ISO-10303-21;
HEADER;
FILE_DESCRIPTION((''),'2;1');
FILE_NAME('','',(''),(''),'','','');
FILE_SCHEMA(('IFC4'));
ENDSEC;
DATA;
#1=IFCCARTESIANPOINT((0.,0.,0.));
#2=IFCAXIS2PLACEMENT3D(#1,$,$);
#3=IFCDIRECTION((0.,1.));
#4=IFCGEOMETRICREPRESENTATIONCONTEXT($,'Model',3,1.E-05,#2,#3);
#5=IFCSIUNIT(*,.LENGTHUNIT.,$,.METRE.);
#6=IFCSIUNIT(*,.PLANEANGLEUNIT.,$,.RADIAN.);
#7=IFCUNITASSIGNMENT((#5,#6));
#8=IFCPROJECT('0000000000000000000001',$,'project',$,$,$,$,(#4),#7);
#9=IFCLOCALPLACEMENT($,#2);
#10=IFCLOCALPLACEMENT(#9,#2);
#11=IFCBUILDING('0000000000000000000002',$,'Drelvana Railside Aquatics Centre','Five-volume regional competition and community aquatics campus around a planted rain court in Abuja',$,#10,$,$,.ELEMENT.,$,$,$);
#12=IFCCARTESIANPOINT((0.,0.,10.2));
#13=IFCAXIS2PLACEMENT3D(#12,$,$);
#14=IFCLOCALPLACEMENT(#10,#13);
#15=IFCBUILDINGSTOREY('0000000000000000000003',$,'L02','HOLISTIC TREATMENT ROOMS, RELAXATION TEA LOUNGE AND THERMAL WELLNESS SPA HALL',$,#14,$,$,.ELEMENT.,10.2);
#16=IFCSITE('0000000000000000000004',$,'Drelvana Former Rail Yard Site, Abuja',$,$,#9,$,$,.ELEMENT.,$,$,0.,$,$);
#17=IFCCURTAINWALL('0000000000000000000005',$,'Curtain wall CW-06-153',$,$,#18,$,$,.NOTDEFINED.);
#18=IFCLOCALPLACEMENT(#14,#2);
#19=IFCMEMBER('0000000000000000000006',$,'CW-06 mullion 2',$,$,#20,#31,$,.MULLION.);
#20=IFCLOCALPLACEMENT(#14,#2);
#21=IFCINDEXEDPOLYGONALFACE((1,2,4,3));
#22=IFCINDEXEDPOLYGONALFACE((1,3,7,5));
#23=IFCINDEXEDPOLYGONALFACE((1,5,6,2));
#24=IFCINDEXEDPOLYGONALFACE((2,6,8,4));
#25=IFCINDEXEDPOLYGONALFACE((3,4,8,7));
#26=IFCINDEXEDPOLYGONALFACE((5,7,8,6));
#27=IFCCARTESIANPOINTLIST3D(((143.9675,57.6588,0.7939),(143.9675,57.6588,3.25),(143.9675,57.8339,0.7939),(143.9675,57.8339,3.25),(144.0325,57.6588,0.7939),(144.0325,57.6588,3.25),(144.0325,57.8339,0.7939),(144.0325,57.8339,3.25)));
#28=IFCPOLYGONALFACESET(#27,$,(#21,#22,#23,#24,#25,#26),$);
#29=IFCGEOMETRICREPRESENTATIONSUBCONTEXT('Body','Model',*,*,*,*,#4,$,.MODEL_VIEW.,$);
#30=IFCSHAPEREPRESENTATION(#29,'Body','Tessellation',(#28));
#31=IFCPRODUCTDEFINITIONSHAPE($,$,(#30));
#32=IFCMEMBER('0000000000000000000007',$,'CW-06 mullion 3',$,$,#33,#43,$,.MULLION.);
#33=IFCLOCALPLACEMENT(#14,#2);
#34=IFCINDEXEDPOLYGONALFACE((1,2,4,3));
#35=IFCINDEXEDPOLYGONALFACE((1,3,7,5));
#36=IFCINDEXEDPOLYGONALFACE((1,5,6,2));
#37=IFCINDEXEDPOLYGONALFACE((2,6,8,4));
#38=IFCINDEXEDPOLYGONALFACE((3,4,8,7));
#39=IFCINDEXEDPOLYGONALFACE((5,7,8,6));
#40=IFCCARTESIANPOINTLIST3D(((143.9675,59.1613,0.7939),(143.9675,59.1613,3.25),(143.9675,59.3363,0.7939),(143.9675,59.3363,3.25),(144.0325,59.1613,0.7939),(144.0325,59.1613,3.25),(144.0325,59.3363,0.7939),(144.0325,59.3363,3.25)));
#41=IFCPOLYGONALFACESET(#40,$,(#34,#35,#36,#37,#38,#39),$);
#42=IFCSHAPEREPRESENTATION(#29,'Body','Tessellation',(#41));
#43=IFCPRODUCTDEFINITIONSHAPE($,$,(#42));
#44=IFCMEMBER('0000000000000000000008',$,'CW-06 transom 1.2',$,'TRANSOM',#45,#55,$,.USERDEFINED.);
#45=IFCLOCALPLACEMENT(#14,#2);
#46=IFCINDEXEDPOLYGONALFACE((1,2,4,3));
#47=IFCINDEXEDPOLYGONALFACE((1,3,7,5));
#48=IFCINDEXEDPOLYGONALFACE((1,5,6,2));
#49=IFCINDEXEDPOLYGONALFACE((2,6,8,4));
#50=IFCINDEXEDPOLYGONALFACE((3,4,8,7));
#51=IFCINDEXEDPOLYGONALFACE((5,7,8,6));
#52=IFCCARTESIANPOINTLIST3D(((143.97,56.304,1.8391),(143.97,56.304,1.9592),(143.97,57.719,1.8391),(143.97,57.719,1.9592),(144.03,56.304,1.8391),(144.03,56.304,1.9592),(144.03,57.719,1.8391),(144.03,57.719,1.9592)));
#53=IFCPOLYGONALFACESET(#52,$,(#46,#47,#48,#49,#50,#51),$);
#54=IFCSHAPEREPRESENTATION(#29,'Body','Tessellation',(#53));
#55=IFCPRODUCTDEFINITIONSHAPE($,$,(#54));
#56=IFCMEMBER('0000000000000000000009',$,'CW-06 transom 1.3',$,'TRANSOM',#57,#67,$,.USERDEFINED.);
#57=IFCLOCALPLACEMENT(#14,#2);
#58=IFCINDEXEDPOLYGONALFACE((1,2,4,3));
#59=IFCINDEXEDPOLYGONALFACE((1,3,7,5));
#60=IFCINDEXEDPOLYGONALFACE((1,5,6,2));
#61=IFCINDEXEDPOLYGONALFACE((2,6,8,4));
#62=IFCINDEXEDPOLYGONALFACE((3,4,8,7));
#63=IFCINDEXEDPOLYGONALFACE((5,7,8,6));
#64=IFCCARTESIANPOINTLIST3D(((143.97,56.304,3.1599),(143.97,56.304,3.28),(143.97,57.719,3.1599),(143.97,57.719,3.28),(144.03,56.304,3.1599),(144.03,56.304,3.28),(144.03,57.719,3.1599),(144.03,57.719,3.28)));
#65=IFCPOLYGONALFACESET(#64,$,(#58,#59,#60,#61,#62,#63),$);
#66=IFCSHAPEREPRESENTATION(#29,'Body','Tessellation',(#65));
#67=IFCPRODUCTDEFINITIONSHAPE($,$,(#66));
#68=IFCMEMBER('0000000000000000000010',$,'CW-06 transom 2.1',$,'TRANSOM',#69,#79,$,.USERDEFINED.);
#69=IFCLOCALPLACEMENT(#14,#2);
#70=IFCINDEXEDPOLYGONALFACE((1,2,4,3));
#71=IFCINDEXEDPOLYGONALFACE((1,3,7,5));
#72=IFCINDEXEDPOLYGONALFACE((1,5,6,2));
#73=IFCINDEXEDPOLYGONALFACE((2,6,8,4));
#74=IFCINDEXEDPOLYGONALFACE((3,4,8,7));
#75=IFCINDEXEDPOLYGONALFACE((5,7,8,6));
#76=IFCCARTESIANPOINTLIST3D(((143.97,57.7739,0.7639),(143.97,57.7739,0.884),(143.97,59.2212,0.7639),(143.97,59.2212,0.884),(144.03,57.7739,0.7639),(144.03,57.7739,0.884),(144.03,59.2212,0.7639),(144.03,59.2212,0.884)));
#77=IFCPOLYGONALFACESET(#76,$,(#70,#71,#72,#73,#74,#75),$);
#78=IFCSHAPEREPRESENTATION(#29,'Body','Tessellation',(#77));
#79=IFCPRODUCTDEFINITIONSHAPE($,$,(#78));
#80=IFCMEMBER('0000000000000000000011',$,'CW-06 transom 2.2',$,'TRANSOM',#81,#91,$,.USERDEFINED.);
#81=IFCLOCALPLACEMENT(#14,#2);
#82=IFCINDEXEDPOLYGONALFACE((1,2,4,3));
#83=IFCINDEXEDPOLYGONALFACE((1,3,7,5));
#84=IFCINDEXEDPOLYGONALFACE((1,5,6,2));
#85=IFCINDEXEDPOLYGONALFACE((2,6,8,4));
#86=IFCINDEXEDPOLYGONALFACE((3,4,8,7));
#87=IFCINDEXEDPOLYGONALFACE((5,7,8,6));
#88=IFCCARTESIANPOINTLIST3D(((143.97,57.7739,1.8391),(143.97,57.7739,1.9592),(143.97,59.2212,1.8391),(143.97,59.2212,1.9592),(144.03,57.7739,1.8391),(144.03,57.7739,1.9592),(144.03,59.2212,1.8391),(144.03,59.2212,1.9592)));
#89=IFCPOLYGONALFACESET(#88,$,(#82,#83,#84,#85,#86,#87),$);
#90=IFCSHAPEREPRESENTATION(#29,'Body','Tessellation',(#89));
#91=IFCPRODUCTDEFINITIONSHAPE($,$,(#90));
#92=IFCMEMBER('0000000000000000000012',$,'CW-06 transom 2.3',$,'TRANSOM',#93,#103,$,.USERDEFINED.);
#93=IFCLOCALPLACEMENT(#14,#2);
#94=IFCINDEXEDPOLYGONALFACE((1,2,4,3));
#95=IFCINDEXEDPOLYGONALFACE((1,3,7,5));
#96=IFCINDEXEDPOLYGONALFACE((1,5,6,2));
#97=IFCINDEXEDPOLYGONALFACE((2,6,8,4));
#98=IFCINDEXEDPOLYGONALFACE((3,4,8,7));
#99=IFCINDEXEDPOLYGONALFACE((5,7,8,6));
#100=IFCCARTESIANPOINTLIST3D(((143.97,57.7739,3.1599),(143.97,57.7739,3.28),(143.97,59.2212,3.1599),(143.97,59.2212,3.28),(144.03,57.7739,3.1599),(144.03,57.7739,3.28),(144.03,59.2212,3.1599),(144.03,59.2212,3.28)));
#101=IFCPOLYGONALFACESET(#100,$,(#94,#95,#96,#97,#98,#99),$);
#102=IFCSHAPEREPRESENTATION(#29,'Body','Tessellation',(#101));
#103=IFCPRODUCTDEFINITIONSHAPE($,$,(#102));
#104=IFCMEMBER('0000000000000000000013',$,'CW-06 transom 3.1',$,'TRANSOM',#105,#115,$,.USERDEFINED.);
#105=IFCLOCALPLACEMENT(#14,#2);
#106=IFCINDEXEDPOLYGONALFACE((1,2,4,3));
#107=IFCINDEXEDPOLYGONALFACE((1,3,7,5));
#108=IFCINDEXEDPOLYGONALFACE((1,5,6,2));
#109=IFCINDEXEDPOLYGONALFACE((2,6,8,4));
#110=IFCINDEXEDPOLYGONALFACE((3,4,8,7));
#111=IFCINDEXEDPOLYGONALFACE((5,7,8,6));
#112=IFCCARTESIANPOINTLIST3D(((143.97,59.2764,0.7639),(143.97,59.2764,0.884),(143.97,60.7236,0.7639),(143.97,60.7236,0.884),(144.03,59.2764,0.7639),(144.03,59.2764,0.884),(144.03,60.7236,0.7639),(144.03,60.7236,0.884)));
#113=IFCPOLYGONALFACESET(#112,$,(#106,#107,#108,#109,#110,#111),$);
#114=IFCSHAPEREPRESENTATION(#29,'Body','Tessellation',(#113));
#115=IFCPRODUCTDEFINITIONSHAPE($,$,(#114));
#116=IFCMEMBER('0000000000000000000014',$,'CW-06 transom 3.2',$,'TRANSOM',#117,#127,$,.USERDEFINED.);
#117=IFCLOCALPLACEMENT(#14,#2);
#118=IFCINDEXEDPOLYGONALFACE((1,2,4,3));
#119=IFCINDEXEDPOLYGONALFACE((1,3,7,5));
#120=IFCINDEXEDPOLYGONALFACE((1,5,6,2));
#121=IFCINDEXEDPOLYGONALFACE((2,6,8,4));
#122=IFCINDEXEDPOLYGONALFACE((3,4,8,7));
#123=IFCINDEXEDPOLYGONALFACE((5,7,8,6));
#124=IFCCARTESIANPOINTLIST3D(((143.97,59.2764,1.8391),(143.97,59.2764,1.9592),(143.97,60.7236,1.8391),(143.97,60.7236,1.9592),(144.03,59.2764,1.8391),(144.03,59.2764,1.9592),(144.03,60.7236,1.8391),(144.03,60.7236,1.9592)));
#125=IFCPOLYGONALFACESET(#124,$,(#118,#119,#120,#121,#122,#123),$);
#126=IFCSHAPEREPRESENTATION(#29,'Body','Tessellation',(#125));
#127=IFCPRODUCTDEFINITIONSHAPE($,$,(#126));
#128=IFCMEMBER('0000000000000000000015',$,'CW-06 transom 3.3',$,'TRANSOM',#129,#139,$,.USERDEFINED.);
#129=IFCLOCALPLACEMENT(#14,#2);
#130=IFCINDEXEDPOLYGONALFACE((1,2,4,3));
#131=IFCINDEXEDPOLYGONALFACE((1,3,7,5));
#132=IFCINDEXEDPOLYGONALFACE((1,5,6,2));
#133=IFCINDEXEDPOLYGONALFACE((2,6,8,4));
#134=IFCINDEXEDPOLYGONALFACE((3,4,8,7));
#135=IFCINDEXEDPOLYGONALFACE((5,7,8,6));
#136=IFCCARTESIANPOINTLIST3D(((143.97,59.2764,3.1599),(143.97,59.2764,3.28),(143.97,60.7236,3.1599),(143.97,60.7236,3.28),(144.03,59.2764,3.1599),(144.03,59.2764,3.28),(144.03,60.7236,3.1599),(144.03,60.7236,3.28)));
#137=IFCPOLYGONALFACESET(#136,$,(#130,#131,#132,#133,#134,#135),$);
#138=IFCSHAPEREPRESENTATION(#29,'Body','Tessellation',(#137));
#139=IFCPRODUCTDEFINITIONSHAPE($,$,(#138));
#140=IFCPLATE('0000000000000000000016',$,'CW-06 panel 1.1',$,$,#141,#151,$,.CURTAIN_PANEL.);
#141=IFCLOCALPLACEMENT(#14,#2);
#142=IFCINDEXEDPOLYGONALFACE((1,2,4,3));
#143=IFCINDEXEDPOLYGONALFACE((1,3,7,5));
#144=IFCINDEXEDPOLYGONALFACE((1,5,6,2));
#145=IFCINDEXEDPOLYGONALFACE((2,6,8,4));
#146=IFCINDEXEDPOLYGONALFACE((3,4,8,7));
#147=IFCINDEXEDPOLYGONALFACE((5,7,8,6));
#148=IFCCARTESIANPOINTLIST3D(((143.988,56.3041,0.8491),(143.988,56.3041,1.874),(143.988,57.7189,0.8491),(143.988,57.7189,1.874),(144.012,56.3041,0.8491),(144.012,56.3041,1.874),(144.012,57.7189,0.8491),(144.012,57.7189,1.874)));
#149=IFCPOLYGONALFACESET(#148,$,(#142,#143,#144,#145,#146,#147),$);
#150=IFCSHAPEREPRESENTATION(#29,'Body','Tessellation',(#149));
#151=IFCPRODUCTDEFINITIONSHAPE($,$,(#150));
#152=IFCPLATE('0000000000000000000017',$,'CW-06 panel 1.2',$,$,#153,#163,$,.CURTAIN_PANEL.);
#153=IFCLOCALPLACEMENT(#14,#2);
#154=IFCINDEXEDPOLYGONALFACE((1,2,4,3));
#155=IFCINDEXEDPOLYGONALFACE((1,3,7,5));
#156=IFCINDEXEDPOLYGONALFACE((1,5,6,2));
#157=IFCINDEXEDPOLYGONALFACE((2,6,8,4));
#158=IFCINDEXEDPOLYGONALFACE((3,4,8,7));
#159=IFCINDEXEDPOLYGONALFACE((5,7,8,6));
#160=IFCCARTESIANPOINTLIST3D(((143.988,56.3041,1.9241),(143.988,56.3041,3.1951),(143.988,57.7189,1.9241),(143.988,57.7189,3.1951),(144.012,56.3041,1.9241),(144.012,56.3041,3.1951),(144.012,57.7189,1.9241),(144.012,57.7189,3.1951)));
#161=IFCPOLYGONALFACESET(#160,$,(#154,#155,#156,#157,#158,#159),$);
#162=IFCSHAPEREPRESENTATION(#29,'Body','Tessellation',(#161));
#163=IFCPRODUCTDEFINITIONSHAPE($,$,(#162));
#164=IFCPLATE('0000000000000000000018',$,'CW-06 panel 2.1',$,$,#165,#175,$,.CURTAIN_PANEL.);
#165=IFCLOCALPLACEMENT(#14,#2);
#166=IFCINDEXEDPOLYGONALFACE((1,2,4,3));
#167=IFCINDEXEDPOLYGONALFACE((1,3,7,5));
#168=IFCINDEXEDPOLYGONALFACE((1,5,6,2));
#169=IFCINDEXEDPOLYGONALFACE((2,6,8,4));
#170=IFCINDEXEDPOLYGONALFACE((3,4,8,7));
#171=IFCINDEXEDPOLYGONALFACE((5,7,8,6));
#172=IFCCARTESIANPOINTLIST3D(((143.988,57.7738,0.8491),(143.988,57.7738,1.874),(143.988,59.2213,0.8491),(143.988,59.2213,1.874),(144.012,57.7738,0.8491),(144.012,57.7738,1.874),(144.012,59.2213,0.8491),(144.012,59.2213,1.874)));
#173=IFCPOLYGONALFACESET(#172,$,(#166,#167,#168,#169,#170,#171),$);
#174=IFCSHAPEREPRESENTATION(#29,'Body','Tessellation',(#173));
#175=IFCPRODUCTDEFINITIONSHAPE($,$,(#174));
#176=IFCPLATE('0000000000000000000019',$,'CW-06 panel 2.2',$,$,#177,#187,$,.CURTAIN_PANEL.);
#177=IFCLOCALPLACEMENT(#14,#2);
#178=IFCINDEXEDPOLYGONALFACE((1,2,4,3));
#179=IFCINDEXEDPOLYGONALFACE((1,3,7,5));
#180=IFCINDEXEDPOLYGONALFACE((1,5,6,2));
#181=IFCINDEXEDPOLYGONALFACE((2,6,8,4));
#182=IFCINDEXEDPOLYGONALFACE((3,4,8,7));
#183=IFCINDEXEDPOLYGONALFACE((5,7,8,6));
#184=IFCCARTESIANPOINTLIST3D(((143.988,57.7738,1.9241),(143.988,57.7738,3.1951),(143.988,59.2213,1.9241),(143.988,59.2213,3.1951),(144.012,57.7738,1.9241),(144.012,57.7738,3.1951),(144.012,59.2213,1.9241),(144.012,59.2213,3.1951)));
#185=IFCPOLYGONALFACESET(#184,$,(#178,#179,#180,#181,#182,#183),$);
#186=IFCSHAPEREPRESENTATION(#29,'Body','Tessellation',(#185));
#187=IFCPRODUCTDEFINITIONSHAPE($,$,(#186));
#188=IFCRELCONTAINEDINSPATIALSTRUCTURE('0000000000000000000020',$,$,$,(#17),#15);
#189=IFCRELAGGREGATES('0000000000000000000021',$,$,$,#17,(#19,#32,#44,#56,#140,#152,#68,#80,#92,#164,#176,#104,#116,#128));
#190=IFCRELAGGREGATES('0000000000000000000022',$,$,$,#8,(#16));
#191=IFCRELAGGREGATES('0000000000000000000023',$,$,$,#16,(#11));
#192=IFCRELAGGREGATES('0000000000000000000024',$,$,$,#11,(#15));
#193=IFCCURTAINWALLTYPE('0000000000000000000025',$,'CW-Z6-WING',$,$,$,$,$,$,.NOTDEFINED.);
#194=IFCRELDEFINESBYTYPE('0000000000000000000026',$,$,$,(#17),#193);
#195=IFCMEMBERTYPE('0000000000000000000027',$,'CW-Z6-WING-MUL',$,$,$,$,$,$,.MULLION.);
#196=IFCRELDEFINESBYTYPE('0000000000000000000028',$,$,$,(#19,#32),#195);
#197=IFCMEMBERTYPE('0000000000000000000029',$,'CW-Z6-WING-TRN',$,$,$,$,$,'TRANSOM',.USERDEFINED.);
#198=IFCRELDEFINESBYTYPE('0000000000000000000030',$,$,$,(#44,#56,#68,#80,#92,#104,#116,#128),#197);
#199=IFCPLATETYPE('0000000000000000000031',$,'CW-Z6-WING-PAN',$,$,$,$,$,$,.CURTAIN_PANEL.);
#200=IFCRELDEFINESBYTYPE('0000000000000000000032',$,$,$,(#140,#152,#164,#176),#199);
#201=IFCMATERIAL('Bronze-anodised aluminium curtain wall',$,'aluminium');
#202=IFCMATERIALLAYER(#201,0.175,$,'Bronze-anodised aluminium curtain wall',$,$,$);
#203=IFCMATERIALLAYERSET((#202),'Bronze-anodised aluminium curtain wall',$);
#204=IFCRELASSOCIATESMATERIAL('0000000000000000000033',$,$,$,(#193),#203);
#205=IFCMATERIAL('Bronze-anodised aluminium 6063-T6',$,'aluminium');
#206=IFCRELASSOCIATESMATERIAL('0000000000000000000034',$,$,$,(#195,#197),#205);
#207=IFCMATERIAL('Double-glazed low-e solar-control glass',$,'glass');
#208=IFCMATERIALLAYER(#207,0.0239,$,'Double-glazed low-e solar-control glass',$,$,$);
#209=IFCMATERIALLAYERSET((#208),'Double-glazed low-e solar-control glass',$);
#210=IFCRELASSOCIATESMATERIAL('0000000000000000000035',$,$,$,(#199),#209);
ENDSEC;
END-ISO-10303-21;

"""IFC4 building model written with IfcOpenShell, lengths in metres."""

from ifc_helpers import new_model, si_unit, direction, frame, origin, origin_2d, place, context, subcontext, project, spatial, rectangle, extrude, material, layer, layer_set, material_profile, profile_set, type_object, element, aggregate, save


model = new_model("IFC4")

# Units and contexts
model_context = context("Model", 3, precision=1e-05, world=origin(), true_north=direction((0.0, 1.0)))
body_context = subcontext(model_context, "Body", "Model", "MODEL_VIEW")
ifc_project = project(units=[si_unit("LENGTHUNIT", "METRE"), si_unit("PLANEANGLEUNIT", "RADIAN")], contexts=[model_context])

# Site, building, storey
site_placement = place(None, origin())
site = spatial("IfcSite", under=ifc_project, at=site_placement, Name="Drelvana Former Rail Yard Site, Abuja", CompositionType="ELEMENT", RefElevation=0.0)
building_placement = place(site_placement, origin())
building = spatial("IfcBuilding", under=site, at=building_placement, Name="Drelvana Railside Aquatics Centre", Description="Five-volume regional competition and community aquatics campus around a planted rain court in Abuja", CompositionType="ELEMENT")
storey_placement = place(building_placement, frame((0.0, 0.0, 10.2)))
storey = spatial("IfcBuildingStorey", under=building, at=storey_placement, Name="L02", Description="HOLISTIC TREATMENT ROOMS, RELAXATION TEA LOUNGE AND THERMAL WELLNESS SPA HALL", CompositionType="ELEMENT", Elevation=10.2)

# Curtain wall, members, plates
ifc_material_1 = material(Name="Bronze-anodised aluminium curtain wall", Category="aluminium")
ifc_layer_1 = layer(ifc_material_1, 0.175, Name="Bronze-anodised aluminium curtain wall")
ifc_layer_set_1 = layer_set([ifc_layer_1], Name="Bronze-anodised aluminium curtain wall")
curtain_wall_type = type_object("IfcCurtainWallType", Name="CW-Z6-WING", PredefinedType="NOTDEFINED", material=ifc_layer_set_1)
curtain_wall_placement = place(storey_placement, origin())
curtain_wall = element("IfcCurtainWall", 1, at=curtain_wall_placement, inside=storey, type_object=curtain_wall_type, Name="Curtain wall CW-06-153", PredefinedType="NOTDEFINED")
ifc_material_2 = material(Name="Bronze-anodised aluminium 6063-T6", Category="aluminium")
ifc_material_profile_1 = material_profile(ifc_material_2, rectangle(XDim=0.0649, YDim=0.175, at=origin_2d()), Name="ALU-M 65x175")
ifc_profile_set_1 = profile_set([ifc_material_profile_1], Name="Bronze-anodised aluminium 6063-T6")
member_type_1 = type_object("IfcMemberType", Name="CW-Z6-WING-MUL", PredefinedType="MULLION", material=ifc_profile_set_1)
member_1_placement = place(storey_placement, frame((144.0, 57.7463, 0.7939), z_axis=(0.0, 0.0, 1.0), x_axis=(-1.0, 0.0, 0.0)))
member_1 = element("IfcMember", 2, at=member_1_placement, type_object=member_type_1, Name="CW-06 mullion 2", PredefinedType="MULLION", context=body_context, shape_type="SweptSolid", body=[
    extrude(rectangle(XDim=0.0649, YDim=0.175, at=origin_2d()), origin(), (0.0, 0.0, 1.0), 2.4561),
])
member_2_placement = place(storey_placement, frame((144.0, 59.2488, 0.7939), z_axis=(0.0, 0.0, 1.0), x_axis=(-1.0, 0.0, 0.0)))
member_2 = element("IfcMember", 3, at=member_2_placement, type_object=member_type_1, Name="CW-06 mullion 3", PredefinedType="MULLION", context=body_context, shape_type="SweptSolid", body=[
    extrude(rectangle(XDim=0.0649, YDim=0.175, at=origin_2d()), origin(), (0.0, 0.0, 1.0), 2.4561),
])
ifc_material_profile_2 = material_profile(ifc_material_2, rectangle(XDim=0.1201, YDim=0.0601, at=origin_2d()), Name="ALU-T 60x120")
ifc_profile_set_2 = profile_set([ifc_material_profile_2], Name="Bronze-anodised aluminium 6063-T6")
member_type_2 = type_object("IfcMemberType", Name="CW-Z6-WING-TRN", ElementType="TRANSOM", PredefinedType="USERDEFINED", material=ifc_profile_set_2)
member_3_placement = place(storey_placement, frame((144.0, 56.304, 1.8992), z_axis=(0.0, 1.0, 0.0), x_axis=(0.0, 0.0, 1.0)))
member_3 = element("IfcMember", 4, at=member_3_placement, type_object=member_type_2, Name="CW-06 transom 1.2", ObjectType="TRANSOM", PredefinedType="USERDEFINED", context=body_context, shape_type="SweptSolid", body=[
    extrude(rectangle(XDim=0.1201, YDim=0.0601, at=origin_2d()), origin(), (0.0, 0.0, 1.0), 1.415),
])
member_4_placement = place(storey_placement, frame((144.0, 56.304, 3.22), z_axis=(0.0, 1.0, 0.0), x_axis=(0.0, 0.0, 1.0)))
member_4 = element("IfcMember", 5, at=member_4_placement, type_object=member_type_2, Name="CW-06 transom 1.3", ObjectType="TRANSOM", PredefinedType="USERDEFINED", context=body_context, shape_type="SweptSolid", body=[
    extrude(rectangle(XDim=0.1201, YDim=0.0601, at=origin_2d()), origin(), (0.0, 0.0, 1.0), 1.415),
])
member_5_placement = place(storey_placement, frame((144.0, 57.7739, 0.824), z_axis=(0.0, 1.0, 0.0), x_axis=(0.0, 0.0, 1.0)))
member_5 = element("IfcMember", 6, at=member_5_placement, type_object=member_type_2, Name="CW-06 transom 2.1", ObjectType="TRANSOM", PredefinedType="USERDEFINED", context=body_context, shape_type="SweptSolid", body=[
    extrude(rectangle(XDim=0.1201, YDim=0.0601, at=origin_2d()), origin(), (0.0, 0.0, 1.0), 1.4473),
])
member_6_placement = place(storey_placement, frame((144.0, 57.7739, 1.8992), z_axis=(0.0, 1.0, 0.0), x_axis=(0.0, 0.0, 1.0)))
member_6 = element("IfcMember", 7, at=member_6_placement, type_object=member_type_2, Name="CW-06 transom 2.2", ObjectType="TRANSOM", PredefinedType="USERDEFINED", context=body_context, shape_type="SweptSolid", body=[
    extrude(rectangle(XDim=0.1201, YDim=0.0601, at=origin_2d()), origin(), (0.0, 0.0, 1.0), 1.4473),
])
member_7_placement = place(storey_placement, frame((144.0, 57.7739, 3.22), z_axis=(0.0, 1.0, 0.0), x_axis=(0.0, 0.0, 1.0)))
member_7 = element("IfcMember", 8, at=member_7_placement, type_object=member_type_2, Name="CW-06 transom 2.3", ObjectType="TRANSOM", PredefinedType="USERDEFINED", context=body_context, shape_type="SweptSolid", body=[
    extrude(rectangle(XDim=0.1201, YDim=0.0601, at=origin_2d()), origin(), (0.0, 0.0, 1.0), 1.4473),
])
member_8_placement = place(storey_placement, frame((144.0, 59.2764, 0.824), z_axis=(0.0, 1.0, 0.0), x_axis=(0.0, 0.0, 1.0)))
member_8 = element("IfcMember", 9, at=member_8_placement, type_object=member_type_2, Name="CW-06 transom 3.1", ObjectType="TRANSOM", PredefinedType="USERDEFINED", context=body_context, shape_type="SweptSolid", body=[
    extrude(rectangle(XDim=0.1201, YDim=0.0601, at=origin_2d()), origin(), (0.0, 0.0, 1.0), 1.4473),
])
member_9_placement = place(storey_placement, frame((144.0, 59.2764, 1.8992), z_axis=(0.0, 1.0, 0.0), x_axis=(0.0, 0.0, 1.0)))
member_9 = element("IfcMember", 10, at=member_9_placement, type_object=member_type_2, Name="CW-06 transom 3.2", ObjectType="TRANSOM", PredefinedType="USERDEFINED", context=body_context, shape_type="SweptSolid", body=[
    extrude(rectangle(XDim=0.1201, YDim=0.0601, at=origin_2d()), origin(), (0.0, 0.0, 1.0), 1.4473),
])
member_10_placement = place(storey_placement, frame((144.0, 59.2764, 3.22), z_axis=(0.0, 1.0, 0.0), x_axis=(0.0, 0.0, 1.0)))
member_10 = element("IfcMember", 11, at=member_10_placement, type_object=member_type_2, Name="CW-06 transom 3.3", ObjectType="TRANSOM", PredefinedType="USERDEFINED", context=body_context, shape_type="SweptSolid", body=[
    extrude(rectangle(XDim=0.1201, YDim=0.0601, at=origin_2d()), origin(), (0.0, 0.0, 1.0), 1.4473),
])
ifc_material_3 = material(Name="Double-glazed low-e solar-control glass", Category="glass")
ifc_layer_2 = layer(ifc_material_3, 0.0239, Name="Double-glazed low-e solar-control glass")
ifc_layer_set_2 = layer_set([ifc_layer_2], Name="Double-glazed low-e solar-control glass")
plate_type = type_object("IfcPlateType", Name="CW-Z6-WING-PAN", PredefinedType="CURTAIN_PANEL", material=ifc_layer_set_2)
plate_1_placement = place(storey_placement, frame((144.0, 57.0115, 0.8491), z_axis=(0.0, 0.0, 1.0), x_axis=(0.0, 1.0, 0.0)))
plate_1 = element("IfcPlate", 12, at=plate_1_placement, type_object=plate_type, Name="CW-06 panel 1.1", PredefinedType="CURTAIN_PANEL", context=body_context, shape_type="SweptSolid", body=[
    extrude(rectangle(XDim=1.4148, YDim=0.0239, at=origin_2d()), origin(), (0.0, 0.0, 1.0), 1.0249),
])
plate_2_placement = place(storey_placement, frame((144.0, 57.0115, 1.9241), z_axis=(0.0, 0.0, 1.0), x_axis=(0.0, 1.0, 0.0)))
plate_2 = element("IfcPlate", 13, at=plate_2_placement, type_object=plate_type, Name="CW-06 panel 1.2", PredefinedType="CURTAIN_PANEL", context=body_context, shape_type="SweptSolid", body=[
    extrude(rectangle(XDim=1.4148, YDim=0.0239, at=origin_2d()), origin(), (0.0, 0.0, 1.0), 1.271),
])
plate_3_placement = place(storey_placement, frame((144.0, 58.4976, 0.8491), z_axis=(0.0, 0.0, 1.0), x_axis=(0.0, 1.0, 0.0)))
plate_3 = element("IfcPlate", 14, at=plate_3_placement, type_object=plate_type, Name="CW-06 panel 2.1", PredefinedType="CURTAIN_PANEL", context=body_context, shape_type="SweptSolid", body=[
    extrude(rectangle(XDim=1.4475, YDim=0.0239, at=origin_2d()), origin(), (0.0, 0.0, 1.0), 1.0249),
])
plate_4_placement = place(storey_placement, frame((144.0, 58.4976, 1.9241), z_axis=(0.0, 0.0, 1.0), x_axis=(0.0, 1.0, 0.0)))
plate_4 = element("IfcPlate", 15, at=plate_4_placement, type_object=plate_type, Name="CW-06 panel 2.2", PredefinedType="CURTAIN_PANEL", context=body_context, shape_type="SweptSolid", body=[
    extrude(rectangle(XDim=1.4475, YDim=0.0239, at=origin_2d()), origin(), (0.0, 0.0, 1.0), 1.271),
])
aggregate(curtain_wall, [member_1, member_2, member_3, member_4, plate_1, plate_2, member_5, member_6, member_7, plate_3, plate_4, member_8, member_9, member_10])

save(model, "model.ifc")
